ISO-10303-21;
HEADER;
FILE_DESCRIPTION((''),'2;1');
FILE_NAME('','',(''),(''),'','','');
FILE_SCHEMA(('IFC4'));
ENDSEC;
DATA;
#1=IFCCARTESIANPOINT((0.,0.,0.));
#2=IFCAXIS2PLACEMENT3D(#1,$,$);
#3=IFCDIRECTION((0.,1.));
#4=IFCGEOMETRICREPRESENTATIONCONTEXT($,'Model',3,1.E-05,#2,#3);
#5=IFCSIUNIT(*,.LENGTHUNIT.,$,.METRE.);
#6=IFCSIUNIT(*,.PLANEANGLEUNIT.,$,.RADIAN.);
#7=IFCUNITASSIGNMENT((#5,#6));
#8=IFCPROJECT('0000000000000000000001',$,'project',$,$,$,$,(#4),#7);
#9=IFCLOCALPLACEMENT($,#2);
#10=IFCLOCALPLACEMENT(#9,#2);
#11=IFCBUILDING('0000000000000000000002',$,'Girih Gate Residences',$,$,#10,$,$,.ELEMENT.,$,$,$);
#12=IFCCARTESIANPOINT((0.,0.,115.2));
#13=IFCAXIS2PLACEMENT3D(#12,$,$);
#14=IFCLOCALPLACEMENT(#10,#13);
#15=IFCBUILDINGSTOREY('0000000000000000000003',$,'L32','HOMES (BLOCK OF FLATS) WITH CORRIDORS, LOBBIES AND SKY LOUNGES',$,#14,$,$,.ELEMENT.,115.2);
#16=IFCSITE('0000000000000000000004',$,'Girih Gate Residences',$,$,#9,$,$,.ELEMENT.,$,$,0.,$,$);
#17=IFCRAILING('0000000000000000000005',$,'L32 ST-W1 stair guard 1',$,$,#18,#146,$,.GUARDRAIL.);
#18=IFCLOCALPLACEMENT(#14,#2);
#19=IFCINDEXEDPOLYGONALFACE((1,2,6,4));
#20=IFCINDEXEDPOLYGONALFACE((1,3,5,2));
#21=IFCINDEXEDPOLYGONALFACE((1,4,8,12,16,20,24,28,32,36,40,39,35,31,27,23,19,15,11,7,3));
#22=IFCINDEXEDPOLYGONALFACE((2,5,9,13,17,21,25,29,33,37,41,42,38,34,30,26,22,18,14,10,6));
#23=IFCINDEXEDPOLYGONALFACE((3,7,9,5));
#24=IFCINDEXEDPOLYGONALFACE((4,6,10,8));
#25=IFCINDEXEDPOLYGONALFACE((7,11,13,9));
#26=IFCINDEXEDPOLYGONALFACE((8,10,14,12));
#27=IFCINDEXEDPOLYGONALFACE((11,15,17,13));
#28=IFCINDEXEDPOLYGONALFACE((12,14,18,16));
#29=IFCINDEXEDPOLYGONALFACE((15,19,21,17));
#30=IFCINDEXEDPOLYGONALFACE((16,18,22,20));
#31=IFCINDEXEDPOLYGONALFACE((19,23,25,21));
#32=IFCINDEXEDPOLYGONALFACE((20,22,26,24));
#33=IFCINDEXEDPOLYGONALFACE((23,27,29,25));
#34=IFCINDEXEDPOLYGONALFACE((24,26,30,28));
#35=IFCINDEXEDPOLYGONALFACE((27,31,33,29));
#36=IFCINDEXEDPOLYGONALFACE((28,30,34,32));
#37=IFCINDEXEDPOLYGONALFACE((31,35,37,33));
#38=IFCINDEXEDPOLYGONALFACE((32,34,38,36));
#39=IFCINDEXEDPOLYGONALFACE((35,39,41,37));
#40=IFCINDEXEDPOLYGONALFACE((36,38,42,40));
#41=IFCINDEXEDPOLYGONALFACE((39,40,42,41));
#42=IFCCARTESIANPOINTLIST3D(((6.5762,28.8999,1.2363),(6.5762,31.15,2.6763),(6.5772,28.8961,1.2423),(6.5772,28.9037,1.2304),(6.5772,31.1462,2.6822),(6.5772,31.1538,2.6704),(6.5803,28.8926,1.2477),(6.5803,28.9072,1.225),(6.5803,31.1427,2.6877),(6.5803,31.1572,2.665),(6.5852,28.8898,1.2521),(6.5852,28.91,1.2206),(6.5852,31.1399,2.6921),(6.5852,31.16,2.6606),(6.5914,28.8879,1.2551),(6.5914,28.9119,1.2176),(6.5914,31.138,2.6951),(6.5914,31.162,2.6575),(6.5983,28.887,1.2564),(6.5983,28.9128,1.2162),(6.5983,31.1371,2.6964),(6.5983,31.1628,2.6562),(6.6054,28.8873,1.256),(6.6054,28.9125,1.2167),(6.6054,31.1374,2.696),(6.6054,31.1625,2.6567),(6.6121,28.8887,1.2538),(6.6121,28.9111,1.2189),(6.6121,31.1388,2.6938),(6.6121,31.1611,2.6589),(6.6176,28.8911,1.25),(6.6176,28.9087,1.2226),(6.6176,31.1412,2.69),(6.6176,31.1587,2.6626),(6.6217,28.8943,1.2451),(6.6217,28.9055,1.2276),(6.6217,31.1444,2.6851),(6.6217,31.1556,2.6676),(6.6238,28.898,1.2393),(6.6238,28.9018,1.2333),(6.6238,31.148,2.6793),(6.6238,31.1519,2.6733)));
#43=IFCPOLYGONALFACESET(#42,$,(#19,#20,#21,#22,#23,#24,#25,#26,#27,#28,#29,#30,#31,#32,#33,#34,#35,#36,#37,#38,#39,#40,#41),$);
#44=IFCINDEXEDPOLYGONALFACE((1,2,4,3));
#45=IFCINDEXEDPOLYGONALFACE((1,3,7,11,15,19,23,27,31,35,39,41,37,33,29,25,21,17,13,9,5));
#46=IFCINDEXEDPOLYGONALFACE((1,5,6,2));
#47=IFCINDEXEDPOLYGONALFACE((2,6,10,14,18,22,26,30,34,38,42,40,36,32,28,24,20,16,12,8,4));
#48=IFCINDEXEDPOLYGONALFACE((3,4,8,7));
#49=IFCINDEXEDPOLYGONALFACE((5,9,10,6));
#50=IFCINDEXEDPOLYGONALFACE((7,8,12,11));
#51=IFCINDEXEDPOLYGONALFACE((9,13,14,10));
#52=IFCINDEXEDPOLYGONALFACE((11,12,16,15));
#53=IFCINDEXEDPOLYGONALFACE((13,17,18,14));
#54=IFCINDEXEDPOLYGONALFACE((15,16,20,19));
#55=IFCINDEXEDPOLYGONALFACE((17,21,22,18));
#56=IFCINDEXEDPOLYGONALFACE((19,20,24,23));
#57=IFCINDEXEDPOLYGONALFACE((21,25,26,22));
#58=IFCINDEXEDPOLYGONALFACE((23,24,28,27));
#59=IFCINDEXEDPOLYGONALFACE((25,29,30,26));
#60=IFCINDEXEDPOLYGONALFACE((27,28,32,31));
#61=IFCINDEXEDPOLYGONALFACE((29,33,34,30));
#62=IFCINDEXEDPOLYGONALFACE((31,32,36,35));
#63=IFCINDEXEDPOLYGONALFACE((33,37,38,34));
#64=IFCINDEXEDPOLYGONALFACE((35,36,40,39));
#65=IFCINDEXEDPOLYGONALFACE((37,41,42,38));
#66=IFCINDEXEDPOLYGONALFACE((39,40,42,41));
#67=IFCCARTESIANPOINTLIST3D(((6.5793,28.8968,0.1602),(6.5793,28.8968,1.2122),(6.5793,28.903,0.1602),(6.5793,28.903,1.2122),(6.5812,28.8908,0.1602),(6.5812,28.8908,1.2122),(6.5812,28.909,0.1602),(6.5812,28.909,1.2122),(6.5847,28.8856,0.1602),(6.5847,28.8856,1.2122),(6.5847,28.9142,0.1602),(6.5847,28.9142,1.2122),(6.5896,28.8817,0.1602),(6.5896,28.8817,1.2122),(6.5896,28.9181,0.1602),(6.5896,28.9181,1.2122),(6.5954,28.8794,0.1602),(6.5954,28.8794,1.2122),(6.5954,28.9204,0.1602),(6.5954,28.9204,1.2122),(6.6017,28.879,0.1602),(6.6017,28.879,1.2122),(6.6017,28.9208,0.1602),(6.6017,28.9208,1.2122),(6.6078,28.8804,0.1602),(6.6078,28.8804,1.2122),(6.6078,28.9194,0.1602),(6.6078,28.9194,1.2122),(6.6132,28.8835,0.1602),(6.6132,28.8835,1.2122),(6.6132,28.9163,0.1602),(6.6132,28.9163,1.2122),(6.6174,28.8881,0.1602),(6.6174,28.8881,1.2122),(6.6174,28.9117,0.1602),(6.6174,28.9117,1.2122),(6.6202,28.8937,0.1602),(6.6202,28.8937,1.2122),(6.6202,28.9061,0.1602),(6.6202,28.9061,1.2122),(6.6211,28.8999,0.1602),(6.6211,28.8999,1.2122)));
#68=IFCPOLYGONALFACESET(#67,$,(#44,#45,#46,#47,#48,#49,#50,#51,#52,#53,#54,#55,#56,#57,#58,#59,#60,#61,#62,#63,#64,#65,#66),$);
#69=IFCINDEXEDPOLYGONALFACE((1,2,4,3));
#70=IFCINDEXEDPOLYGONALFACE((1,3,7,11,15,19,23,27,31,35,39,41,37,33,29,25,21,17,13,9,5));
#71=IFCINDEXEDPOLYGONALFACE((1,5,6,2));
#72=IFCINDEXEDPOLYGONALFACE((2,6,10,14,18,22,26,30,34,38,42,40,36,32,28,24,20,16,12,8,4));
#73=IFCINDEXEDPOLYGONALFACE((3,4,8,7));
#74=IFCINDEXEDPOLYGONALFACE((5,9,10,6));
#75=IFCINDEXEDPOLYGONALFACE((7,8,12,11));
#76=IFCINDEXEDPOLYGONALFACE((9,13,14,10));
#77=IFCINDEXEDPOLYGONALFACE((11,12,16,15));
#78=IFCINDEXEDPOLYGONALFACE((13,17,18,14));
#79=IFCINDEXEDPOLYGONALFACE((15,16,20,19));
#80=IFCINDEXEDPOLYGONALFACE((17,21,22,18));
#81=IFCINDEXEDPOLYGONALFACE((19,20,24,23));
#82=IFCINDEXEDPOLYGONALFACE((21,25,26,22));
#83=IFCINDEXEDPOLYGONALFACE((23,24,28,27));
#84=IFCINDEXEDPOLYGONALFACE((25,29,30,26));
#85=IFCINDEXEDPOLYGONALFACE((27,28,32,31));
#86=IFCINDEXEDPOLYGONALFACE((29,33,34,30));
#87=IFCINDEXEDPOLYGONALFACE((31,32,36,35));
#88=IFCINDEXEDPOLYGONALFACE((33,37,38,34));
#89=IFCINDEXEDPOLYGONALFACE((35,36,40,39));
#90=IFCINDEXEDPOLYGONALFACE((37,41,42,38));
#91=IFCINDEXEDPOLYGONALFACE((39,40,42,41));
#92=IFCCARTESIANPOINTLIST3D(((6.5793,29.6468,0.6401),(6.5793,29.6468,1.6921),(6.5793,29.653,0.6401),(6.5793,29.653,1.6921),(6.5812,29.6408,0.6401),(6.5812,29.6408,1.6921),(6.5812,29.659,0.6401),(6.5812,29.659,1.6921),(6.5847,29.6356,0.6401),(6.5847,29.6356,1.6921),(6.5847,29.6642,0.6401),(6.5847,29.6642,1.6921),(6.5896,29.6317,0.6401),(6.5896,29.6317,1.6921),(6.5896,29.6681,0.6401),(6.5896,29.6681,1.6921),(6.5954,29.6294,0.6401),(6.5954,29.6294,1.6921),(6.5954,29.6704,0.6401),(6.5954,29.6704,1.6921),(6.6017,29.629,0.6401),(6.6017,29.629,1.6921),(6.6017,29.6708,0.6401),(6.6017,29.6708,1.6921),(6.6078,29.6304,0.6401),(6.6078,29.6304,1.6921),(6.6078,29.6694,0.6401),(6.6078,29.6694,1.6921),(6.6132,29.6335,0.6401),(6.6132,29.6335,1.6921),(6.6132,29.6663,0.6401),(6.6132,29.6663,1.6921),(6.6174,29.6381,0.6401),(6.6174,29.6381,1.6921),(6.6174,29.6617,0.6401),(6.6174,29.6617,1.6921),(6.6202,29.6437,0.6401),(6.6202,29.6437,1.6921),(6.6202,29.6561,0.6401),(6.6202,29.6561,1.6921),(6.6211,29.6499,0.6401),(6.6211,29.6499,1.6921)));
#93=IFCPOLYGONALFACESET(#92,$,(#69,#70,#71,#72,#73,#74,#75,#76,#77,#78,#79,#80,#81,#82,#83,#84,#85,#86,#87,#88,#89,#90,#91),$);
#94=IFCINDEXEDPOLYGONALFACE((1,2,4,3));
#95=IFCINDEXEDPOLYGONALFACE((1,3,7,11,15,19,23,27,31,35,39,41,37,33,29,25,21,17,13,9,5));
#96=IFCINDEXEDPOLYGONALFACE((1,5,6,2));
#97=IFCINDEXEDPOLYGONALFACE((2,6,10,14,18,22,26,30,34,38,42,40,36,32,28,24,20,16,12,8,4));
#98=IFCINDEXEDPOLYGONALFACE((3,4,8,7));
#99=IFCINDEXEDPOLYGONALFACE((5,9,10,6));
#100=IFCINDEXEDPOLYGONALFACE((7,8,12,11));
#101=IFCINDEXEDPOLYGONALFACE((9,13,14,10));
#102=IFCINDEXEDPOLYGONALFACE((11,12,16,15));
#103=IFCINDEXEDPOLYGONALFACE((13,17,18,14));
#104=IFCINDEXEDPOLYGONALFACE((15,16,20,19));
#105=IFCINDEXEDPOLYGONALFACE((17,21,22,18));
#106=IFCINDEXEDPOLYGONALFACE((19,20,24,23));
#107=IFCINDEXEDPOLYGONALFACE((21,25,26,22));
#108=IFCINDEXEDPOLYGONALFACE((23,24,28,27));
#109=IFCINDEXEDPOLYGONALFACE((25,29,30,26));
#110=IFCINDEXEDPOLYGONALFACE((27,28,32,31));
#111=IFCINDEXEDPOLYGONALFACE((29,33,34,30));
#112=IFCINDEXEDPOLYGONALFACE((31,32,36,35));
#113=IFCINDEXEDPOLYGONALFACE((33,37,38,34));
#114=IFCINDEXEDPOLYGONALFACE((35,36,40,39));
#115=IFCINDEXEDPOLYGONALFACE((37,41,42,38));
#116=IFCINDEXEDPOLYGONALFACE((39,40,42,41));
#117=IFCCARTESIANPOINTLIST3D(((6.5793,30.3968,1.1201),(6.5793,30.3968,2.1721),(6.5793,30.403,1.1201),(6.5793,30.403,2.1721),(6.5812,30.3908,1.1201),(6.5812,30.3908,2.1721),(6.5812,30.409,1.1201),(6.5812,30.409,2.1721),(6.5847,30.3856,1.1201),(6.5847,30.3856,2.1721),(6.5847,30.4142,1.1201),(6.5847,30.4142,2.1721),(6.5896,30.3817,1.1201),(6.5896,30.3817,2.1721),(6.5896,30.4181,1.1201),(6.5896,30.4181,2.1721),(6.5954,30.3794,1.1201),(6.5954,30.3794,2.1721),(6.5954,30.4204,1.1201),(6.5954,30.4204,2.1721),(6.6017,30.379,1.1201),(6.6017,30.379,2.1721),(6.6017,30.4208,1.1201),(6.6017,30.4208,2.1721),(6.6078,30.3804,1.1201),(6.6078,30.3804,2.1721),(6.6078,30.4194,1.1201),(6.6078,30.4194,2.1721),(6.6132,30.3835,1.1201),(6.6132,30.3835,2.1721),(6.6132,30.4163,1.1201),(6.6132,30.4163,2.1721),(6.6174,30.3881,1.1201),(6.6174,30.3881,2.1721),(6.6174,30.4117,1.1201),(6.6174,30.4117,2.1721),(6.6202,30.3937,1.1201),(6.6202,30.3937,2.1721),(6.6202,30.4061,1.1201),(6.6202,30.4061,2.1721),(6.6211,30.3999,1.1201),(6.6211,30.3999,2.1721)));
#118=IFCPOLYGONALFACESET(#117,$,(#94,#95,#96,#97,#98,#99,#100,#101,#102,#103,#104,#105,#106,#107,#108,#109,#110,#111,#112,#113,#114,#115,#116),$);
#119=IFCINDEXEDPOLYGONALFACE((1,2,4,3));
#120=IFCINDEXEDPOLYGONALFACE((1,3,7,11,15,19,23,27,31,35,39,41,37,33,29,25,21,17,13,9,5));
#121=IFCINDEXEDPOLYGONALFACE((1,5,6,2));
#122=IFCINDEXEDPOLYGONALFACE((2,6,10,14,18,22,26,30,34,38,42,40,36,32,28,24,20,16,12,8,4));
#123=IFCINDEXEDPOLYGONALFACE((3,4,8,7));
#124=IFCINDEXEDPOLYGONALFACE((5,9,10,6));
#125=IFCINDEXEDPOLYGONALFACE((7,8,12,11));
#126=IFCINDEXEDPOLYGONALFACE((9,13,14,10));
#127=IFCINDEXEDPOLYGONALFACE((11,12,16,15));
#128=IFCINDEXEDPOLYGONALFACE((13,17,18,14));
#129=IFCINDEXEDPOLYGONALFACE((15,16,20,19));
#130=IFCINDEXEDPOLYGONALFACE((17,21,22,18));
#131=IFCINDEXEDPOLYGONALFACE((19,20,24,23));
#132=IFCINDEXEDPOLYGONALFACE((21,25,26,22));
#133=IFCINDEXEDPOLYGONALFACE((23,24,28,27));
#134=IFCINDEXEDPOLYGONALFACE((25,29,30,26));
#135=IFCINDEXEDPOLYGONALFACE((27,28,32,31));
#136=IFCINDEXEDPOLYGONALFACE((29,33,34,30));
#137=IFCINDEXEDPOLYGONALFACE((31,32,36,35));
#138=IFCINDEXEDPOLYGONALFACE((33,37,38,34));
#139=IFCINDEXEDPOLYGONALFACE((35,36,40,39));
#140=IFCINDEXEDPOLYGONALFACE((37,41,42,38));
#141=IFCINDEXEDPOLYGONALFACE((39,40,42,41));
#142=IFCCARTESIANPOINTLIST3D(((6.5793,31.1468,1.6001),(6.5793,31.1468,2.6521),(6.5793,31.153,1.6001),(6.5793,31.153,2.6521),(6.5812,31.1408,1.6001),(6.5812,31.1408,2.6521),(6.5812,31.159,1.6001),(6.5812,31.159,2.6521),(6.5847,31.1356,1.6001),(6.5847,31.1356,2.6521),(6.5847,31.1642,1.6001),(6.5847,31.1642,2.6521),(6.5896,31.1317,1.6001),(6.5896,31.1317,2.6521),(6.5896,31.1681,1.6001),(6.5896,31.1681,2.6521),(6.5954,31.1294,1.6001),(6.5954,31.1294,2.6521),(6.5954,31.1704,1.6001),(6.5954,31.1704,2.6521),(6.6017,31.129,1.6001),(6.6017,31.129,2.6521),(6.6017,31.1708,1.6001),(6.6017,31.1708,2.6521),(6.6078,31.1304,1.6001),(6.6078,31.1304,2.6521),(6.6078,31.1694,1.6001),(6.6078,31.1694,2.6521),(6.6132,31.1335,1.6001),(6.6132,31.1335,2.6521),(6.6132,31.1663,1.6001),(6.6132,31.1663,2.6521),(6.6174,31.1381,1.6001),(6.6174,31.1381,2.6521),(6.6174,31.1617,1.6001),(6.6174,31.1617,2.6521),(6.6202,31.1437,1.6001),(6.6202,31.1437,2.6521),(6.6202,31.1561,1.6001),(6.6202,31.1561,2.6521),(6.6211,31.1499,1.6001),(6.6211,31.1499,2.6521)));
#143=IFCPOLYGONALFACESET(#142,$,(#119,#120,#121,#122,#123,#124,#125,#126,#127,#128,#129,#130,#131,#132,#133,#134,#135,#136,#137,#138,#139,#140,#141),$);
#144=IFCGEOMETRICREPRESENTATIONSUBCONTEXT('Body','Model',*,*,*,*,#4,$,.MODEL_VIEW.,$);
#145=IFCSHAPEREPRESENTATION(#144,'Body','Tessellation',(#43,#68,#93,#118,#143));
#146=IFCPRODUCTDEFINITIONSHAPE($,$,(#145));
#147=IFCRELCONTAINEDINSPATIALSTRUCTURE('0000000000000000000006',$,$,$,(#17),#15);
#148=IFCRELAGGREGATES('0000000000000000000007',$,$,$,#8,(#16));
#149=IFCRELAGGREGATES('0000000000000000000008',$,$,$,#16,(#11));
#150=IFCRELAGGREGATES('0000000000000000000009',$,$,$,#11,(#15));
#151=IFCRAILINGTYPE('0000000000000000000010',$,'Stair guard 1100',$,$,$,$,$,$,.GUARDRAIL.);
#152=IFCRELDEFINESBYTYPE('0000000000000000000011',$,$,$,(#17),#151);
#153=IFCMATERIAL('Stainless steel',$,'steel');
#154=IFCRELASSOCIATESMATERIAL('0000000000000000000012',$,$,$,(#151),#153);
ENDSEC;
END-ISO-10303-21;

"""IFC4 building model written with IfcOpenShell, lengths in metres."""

from ifc_helpers import new_model, si_unit, direction, frame, origin, origin_2d, place, context, subcontext, project, spatial, circle, extrude, material, type_object, element, save


model = new_model("IFC4")

# Units and contexts
model_context = context("Model", 3, precision=1e-05, world=origin(), true_north=direction((0.0, 1.0)))
body_context = subcontext(model_context, "Body", "Model", "MODEL_VIEW")
ifc_project = project(units=[si_unit("LENGTHUNIT", "METRE"), si_unit("PLANEANGLEUNIT", "RADIAN")], contexts=[model_context])

# Site, building, storey
site_placement = place(None, origin())
site = spatial("IfcSite", under=ifc_project, at=site_placement, Name="Girih Gate Residences", CompositionType="ELEMENT", RefElevation=0.0)
building_placement = place(site_placement, origin())
building = spatial("IfcBuilding", under=site, at=building_placement, Name="Girih Gate Residences", CompositionType="ELEMENT")
storey_placement = place(building_placement, frame((0.0, 0.0, 115.2)))
storey = spatial("IfcBuildingStorey", under=building, at=storey_placement, Name="L32", Description="HOMES (BLOCK OF FLATS) WITH CORRIDORS, LOBBIES AND SKY LOUNGES", CompositionType="ELEMENT", Elevation=115.2)

# Railing
ifc_material_1 = material(Name="Stainless steel", Category="steel")
railing_type_1 = type_object("IfcRailingType", Name="Stair guard 1100", PredefinedType="GUARDRAIL", material=ifc_material_1)
railing_1_placement = place(storey_placement, frame((6.6001, 28.8999, 0.1602)))
element("IfcRailing", 1, at=railing_1_placement, inside=storey, type_object=railing_type_1, Name="L32 ST-W1 stair guard 1", PredefinedType="GUARDRAIL", context=body_context, shape_type="SweptSolid", body=[
    extrude(circle(Radius=0.0239, at=origin_2d()), frame((0.0, 0.0, 1.0762), z_axis=(0.0, 0.842281, 0.539038), x_axis=(-1.0, 0.0, 0.0)), (0.0, 0.0, 1.0), 2.6714),
    extrude(circle(Radius=0.021, at=origin_2d()), origin(), (0.0, 0.0, 1.0), 1.052),
    extrude(circle(Radius=0.021, at=origin_2d()), frame((0.0, 0.75, 0.48)), (0.0, 0.0, 1.0), 1.052),
    extrude(circle(Radius=0.021, at=origin_2d()), frame((0.0, 1.5, 0.96)), (0.0, 0.0, 1.0), 1.052),
    extrude(circle(Radius=0.021, at=origin_2d()), frame((0.0, 2.25, 1.4399)), (0.0, 0.0, 1.0), 1.052),
])

save(model, "model.ifc")
